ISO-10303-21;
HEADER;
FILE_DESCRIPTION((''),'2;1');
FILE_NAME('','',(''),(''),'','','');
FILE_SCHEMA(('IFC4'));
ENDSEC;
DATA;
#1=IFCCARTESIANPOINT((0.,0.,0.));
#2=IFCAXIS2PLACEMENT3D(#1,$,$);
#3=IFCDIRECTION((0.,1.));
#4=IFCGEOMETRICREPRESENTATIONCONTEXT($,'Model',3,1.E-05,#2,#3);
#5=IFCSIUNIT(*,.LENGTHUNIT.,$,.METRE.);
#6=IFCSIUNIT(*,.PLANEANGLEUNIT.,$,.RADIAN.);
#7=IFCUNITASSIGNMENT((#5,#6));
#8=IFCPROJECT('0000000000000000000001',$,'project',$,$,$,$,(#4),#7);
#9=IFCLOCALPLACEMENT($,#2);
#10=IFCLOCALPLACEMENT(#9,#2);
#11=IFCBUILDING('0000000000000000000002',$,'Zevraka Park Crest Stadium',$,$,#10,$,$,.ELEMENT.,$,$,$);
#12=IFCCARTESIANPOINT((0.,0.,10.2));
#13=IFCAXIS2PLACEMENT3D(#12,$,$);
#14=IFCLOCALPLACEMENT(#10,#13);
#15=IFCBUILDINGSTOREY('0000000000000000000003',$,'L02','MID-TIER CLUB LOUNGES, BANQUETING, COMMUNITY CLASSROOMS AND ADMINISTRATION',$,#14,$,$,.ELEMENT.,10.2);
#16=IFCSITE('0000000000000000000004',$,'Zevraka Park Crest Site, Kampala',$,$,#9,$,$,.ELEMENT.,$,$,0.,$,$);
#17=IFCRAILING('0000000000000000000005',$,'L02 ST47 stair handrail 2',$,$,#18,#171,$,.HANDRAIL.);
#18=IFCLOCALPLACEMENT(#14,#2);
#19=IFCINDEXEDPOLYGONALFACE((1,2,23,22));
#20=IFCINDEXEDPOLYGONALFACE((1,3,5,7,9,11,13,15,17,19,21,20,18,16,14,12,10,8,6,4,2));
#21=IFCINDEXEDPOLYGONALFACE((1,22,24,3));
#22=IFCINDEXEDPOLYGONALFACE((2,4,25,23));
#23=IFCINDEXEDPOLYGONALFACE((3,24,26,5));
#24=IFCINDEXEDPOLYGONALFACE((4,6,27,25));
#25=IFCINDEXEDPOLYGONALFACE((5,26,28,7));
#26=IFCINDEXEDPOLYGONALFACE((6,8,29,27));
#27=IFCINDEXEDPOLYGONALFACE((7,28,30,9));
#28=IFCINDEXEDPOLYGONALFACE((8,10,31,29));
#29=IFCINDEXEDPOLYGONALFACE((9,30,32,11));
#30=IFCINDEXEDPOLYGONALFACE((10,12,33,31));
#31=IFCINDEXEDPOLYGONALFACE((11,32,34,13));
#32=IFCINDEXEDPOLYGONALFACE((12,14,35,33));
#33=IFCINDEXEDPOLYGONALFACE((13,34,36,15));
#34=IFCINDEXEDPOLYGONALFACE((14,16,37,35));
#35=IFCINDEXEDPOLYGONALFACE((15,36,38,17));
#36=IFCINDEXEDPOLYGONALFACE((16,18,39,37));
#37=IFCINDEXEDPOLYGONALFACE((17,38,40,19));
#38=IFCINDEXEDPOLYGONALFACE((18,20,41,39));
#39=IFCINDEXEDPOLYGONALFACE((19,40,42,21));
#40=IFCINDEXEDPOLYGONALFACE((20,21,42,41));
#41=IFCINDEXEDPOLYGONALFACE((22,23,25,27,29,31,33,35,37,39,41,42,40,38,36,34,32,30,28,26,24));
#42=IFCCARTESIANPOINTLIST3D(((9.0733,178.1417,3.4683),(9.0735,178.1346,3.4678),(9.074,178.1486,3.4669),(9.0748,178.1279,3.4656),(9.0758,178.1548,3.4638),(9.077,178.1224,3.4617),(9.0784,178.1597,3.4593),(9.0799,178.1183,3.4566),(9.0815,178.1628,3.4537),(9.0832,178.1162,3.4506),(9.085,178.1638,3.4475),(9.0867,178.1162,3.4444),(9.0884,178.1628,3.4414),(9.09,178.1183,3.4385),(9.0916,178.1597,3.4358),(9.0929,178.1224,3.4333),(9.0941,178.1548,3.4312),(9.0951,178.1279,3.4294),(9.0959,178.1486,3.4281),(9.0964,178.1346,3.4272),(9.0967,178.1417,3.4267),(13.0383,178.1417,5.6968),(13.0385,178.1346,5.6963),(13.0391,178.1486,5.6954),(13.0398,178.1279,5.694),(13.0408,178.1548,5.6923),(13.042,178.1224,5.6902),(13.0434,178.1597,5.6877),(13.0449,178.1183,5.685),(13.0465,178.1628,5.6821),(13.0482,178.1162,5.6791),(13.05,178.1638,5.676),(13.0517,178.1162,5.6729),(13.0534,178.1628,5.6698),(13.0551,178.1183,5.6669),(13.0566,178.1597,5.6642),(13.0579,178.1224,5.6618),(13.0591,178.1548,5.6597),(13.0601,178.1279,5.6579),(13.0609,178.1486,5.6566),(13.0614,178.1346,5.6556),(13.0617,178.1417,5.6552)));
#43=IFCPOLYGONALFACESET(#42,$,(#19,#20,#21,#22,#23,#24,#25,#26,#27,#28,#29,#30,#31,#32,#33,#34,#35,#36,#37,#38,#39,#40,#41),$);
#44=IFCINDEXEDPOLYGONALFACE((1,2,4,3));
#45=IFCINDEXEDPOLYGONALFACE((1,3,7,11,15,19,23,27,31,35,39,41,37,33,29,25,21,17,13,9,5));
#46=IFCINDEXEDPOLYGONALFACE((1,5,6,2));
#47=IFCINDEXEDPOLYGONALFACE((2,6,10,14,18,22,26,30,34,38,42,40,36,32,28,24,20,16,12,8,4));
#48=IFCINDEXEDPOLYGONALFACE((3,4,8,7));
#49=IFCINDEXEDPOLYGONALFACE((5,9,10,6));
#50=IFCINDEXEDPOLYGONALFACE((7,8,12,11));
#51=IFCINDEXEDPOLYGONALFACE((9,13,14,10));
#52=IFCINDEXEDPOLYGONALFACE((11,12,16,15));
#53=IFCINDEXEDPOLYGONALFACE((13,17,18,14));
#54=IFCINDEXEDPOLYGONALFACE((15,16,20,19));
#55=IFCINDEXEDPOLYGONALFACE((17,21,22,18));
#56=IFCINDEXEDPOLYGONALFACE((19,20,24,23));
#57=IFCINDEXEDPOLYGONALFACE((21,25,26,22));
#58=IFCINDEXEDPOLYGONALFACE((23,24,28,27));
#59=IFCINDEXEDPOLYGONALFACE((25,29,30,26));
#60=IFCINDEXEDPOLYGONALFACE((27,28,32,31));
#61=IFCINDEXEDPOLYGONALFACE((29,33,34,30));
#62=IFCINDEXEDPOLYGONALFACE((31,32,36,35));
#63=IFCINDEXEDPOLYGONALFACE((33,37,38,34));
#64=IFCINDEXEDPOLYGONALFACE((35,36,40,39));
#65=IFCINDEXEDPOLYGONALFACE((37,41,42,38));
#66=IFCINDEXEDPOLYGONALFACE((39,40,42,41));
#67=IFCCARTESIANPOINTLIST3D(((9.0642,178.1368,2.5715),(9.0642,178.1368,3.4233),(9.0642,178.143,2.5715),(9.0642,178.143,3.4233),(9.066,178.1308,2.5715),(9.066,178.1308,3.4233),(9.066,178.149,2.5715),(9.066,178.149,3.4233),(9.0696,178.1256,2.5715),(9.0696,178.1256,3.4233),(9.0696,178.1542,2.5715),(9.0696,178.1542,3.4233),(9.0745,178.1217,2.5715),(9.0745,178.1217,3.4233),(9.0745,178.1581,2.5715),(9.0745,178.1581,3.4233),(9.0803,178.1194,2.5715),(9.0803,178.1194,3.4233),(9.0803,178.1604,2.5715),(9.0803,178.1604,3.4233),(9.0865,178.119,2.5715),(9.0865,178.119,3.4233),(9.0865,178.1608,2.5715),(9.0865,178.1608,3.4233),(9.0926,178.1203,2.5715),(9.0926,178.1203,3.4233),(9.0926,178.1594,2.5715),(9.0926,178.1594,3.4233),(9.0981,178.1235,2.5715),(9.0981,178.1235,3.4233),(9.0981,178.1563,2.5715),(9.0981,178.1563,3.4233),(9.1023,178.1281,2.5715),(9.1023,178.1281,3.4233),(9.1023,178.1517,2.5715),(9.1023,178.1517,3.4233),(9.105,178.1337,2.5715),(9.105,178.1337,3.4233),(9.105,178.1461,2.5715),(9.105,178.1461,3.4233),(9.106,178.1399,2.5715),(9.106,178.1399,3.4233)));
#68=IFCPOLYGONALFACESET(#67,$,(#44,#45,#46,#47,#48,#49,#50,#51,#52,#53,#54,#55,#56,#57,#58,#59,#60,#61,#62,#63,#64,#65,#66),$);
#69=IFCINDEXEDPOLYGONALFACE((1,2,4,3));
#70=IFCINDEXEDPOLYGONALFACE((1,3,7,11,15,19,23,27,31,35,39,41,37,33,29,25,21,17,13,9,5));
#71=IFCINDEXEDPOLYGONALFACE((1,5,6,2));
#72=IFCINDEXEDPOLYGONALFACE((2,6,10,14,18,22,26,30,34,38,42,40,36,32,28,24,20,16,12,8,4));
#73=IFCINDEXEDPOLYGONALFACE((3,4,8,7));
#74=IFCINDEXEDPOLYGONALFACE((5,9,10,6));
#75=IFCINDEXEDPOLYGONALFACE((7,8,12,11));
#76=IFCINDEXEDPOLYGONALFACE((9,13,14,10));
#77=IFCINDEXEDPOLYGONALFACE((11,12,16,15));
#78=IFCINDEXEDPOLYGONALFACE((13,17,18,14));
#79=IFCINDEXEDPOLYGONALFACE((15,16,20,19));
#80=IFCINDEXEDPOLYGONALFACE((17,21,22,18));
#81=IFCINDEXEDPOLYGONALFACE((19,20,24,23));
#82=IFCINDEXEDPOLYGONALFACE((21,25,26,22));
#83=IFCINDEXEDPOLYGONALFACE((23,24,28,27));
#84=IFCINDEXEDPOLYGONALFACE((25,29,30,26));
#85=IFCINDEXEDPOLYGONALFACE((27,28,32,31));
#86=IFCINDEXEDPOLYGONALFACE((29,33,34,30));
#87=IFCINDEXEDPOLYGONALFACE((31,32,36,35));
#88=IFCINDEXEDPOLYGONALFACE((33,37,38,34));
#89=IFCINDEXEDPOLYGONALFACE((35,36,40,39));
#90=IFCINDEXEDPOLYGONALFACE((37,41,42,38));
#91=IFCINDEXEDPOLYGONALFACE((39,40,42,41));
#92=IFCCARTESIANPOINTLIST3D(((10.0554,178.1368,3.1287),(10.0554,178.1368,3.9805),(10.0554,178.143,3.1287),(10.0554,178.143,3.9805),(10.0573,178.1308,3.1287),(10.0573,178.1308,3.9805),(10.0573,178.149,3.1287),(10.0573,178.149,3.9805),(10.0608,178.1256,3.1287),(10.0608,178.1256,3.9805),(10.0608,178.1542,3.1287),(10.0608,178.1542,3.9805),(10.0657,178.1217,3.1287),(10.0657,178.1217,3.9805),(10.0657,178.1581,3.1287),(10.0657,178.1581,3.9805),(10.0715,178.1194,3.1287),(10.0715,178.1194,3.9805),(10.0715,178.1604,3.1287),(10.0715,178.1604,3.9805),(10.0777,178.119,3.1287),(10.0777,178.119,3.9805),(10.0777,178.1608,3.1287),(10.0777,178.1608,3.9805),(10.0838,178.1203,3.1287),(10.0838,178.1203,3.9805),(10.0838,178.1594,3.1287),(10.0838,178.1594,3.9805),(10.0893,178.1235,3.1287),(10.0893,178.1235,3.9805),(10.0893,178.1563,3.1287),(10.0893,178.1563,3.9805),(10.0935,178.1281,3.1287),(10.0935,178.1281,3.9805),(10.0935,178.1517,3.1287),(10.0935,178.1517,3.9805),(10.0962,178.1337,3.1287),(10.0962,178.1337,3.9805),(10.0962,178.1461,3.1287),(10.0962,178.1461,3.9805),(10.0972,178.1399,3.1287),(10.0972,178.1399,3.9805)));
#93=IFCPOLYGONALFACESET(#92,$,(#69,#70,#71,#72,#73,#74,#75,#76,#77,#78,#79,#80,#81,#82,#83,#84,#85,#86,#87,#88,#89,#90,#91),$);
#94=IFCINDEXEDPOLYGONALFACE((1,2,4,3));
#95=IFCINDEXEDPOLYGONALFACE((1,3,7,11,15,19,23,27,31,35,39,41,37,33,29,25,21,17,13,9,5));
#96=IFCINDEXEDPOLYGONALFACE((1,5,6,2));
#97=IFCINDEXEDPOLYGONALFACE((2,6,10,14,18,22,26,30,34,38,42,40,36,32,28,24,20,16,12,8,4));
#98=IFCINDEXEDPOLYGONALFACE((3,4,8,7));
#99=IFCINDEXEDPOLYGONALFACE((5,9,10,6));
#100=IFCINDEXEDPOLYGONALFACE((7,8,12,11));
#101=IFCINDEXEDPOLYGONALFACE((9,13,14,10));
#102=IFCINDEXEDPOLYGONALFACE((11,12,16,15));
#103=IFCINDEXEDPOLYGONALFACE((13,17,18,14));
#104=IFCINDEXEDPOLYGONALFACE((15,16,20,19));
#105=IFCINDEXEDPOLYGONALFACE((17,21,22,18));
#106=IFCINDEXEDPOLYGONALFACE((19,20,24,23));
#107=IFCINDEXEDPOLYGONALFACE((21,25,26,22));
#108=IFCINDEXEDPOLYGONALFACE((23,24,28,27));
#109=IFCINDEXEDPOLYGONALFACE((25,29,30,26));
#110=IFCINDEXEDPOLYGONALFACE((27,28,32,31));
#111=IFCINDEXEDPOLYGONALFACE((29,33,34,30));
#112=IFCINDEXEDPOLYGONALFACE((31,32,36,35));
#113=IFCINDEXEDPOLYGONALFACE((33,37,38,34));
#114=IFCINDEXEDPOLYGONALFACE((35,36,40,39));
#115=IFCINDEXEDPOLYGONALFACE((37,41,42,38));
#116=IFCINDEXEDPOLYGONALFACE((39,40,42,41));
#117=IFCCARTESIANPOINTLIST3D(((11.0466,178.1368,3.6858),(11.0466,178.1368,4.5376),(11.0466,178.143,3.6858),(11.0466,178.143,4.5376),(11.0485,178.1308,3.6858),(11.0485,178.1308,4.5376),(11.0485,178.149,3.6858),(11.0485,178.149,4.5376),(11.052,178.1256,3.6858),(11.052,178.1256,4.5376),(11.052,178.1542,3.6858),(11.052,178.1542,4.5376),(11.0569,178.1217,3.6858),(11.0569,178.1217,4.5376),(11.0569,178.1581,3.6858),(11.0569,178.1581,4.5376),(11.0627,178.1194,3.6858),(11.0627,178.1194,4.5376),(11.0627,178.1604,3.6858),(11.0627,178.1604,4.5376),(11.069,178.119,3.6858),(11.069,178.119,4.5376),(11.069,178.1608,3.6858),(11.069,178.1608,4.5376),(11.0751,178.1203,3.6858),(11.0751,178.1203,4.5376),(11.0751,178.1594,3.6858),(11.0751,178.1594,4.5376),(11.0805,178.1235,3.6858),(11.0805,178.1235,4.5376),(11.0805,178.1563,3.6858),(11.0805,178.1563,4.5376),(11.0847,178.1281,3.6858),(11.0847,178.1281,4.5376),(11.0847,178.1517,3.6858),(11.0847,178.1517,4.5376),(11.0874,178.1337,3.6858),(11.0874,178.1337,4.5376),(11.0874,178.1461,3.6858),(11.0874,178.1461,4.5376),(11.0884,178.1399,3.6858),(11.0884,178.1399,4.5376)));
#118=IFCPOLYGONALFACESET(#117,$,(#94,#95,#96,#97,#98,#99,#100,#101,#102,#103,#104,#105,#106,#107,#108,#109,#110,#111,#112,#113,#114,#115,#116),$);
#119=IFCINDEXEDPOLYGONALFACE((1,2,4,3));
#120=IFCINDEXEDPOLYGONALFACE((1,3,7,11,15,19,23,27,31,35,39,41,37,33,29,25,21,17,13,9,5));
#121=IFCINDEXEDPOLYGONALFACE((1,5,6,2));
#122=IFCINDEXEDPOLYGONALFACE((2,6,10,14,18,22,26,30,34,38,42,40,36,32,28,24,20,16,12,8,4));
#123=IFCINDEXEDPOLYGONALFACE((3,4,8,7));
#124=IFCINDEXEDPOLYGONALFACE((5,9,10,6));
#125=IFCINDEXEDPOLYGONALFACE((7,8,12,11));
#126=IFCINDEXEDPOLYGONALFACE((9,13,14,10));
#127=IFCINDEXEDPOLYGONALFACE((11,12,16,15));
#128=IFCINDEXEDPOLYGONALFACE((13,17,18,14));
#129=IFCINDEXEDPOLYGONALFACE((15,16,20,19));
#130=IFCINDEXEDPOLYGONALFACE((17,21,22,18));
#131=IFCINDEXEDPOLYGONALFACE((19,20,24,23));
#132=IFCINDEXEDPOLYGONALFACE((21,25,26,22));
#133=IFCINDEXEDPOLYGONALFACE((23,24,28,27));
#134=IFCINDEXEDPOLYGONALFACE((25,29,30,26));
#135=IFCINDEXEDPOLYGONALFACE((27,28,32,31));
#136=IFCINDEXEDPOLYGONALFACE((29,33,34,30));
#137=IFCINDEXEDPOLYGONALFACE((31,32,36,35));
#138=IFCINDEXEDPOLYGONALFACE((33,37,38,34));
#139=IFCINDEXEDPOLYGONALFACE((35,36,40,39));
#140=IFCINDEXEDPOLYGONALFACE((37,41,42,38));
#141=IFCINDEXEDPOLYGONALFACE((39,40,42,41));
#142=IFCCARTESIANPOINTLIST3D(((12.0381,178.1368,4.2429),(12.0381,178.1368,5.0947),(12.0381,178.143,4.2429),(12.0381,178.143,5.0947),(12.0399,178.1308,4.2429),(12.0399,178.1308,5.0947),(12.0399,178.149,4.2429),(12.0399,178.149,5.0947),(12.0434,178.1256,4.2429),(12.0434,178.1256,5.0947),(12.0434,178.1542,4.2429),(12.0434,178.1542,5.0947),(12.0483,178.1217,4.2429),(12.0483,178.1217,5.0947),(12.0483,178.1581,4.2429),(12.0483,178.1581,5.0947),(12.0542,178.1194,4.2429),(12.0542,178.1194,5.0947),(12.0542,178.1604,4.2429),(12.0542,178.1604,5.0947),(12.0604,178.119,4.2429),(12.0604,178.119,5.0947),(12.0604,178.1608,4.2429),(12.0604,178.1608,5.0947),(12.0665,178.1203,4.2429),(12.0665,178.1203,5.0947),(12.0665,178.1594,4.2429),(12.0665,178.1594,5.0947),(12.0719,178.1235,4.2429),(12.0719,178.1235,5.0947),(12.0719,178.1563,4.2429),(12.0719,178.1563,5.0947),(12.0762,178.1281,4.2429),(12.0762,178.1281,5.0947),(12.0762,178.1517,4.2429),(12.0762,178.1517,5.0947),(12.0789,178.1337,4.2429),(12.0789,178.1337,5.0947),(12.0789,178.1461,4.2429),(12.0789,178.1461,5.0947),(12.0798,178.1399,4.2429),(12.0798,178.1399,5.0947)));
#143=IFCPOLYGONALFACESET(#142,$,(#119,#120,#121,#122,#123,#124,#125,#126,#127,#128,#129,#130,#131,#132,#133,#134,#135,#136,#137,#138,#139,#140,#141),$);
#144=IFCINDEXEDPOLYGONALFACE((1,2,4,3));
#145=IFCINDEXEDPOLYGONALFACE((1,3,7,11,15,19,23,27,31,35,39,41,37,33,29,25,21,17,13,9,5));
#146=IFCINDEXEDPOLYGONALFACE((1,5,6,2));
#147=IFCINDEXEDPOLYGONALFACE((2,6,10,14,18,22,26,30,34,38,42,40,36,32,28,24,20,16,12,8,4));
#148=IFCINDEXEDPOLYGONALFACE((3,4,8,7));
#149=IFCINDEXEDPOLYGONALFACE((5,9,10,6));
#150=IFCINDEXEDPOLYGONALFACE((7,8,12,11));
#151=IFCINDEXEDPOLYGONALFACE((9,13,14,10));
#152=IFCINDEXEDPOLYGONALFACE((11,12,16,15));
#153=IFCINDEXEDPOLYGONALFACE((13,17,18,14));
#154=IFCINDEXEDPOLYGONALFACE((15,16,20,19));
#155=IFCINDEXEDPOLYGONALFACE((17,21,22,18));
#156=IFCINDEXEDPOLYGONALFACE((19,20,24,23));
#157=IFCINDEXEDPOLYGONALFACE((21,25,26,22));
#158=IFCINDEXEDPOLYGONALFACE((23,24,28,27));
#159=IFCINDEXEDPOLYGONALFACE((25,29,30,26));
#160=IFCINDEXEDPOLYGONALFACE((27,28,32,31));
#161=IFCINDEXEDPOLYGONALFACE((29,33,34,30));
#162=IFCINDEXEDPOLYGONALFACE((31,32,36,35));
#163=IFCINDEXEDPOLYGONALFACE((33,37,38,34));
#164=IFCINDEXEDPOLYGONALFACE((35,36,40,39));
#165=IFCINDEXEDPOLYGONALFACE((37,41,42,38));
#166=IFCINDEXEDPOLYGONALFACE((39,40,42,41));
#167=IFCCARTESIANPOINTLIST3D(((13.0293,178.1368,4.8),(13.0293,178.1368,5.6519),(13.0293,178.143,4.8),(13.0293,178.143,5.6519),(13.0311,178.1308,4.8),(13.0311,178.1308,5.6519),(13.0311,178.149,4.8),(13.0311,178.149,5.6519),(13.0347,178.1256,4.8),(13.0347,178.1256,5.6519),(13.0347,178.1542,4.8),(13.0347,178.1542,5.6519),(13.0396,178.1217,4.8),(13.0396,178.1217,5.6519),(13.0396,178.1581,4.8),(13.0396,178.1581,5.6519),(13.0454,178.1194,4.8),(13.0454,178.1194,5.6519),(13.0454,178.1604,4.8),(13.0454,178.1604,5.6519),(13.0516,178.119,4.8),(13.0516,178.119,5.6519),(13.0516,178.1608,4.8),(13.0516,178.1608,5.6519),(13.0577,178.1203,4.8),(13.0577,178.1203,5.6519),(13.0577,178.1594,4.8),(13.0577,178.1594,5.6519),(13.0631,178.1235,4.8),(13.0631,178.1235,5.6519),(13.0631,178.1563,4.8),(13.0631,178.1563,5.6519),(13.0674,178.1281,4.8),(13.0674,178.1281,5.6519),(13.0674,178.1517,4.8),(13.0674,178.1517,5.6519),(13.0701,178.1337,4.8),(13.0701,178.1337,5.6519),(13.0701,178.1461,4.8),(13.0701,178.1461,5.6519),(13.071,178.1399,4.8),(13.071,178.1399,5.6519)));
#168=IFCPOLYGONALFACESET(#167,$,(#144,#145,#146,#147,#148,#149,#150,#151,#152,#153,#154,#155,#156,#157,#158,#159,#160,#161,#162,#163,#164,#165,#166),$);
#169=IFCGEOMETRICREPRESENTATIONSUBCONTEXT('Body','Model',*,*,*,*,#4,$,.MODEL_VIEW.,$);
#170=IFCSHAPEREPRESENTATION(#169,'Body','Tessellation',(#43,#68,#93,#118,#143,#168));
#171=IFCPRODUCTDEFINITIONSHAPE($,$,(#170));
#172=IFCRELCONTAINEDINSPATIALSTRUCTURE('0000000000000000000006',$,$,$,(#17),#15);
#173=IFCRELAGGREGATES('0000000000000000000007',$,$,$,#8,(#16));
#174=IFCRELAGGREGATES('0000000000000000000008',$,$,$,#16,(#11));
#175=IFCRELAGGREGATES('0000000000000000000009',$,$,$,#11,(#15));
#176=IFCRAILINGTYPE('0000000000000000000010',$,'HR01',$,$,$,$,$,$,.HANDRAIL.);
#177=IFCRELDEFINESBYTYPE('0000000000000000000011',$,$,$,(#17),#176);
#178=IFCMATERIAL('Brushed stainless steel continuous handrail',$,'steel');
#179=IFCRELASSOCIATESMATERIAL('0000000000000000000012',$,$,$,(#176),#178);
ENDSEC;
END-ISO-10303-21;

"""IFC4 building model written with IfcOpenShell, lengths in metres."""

from ifc_helpers import new_model, si_unit, direction, frame, origin, origin_2d, place, context, subcontext, project, spatial, circle, extrude, material, type_object, element, save


model = new_model("IFC4")

# Units and contexts
model_context = context("Model", 3, precision=1e-05, world=origin(), true_north=direction((0.0, 1.0)))
body_context = subcontext(model_context, "Body", "Model", "MODEL_VIEW")
ifc_project = project(units=[si_unit("LENGTHUNIT", "METRE"), si_unit("PLANEANGLEUNIT", "RADIAN")], contexts=[model_context])

# Site, building, storey
site_placement = place(None, origin())
site = spatial("IfcSite", under=ifc_project, at=site_placement, Name="Zevraka Park Crest Site, Kampala", CompositionType="ELEMENT", RefElevation=0.0)
building_placement = place(site_placement, origin())
building = spatial("IfcBuilding", under=site, at=building_placement, Name="Zevraka Park Crest Stadium", CompositionType="ELEMENT")
storey_placement = place(building_placement, frame((0.0, 0.0, 10.2)))
storey = spatial("IfcBuildingStorey", under=building, at=storey_placement, Name="L02", Description="MID-TIER CLUB LOUNGES, BANQUETING, COMMUNITY CLASSROOMS AND ADMINISTRATION", CompositionType="ELEMENT", Elevation=10.2)

# Railing
ifc_material_1 = material(Name="Brushed stainless steel continuous handrail", Category="steel")
railing_type_1 = type_object("IfcRailingType", Name="HR01", PredefinedType="HANDRAIL", material=ifc_material_1)
railing_1_placement = place(storey_placement, frame((9.085, 178.1399, 2.5715)))
element("IfcRailing", 1, at=railing_1_placement, inside=storey, type_object=railing_type_1, Name="L02 ST47 stair handrail 2", PredefinedType="HANDRAIL", context=body_context, shape_type="SweptSolid", body=[
    extrude(circle(Radius=0.0239, at=origin_2d()), frame((0.0, 0.0, 0.876), z_axis=(0.871749, 0.0, 0.489953), x_axis=(0.0, 1.0, 0.0)), (0.0, 0.0, 1.0), 4.5483),
    extrude(circle(Radius=0.021, at=origin_2d()), origin(), (0.0, 0.0, 1.0), 0.8518),
    extrude(circle(Radius=0.021, at=origin_2d()), frame((0.9912, 0.0, 0.5571)), (0.0, 0.0, 1.0), 0.8518),
    extrude(circle(Radius=0.021, at=origin_2d()), frame((1.9824, 0.0, 1.1143)), (0.0, 0.0, 1.0), 0.8518),
    extrude(circle(Radius=0.021, at=origin_2d()), frame((2.9739, 0.0, 1.6714)), (0.0, 0.0, 1.0), 0.8518),
    extrude(circle(Radius=0.021, at=origin_2d()), frame((3.9651, 0.0, 2.2285)), (0.0, 0.0, 1.0), 0.8518),
])

save(model, "model.ifc")
